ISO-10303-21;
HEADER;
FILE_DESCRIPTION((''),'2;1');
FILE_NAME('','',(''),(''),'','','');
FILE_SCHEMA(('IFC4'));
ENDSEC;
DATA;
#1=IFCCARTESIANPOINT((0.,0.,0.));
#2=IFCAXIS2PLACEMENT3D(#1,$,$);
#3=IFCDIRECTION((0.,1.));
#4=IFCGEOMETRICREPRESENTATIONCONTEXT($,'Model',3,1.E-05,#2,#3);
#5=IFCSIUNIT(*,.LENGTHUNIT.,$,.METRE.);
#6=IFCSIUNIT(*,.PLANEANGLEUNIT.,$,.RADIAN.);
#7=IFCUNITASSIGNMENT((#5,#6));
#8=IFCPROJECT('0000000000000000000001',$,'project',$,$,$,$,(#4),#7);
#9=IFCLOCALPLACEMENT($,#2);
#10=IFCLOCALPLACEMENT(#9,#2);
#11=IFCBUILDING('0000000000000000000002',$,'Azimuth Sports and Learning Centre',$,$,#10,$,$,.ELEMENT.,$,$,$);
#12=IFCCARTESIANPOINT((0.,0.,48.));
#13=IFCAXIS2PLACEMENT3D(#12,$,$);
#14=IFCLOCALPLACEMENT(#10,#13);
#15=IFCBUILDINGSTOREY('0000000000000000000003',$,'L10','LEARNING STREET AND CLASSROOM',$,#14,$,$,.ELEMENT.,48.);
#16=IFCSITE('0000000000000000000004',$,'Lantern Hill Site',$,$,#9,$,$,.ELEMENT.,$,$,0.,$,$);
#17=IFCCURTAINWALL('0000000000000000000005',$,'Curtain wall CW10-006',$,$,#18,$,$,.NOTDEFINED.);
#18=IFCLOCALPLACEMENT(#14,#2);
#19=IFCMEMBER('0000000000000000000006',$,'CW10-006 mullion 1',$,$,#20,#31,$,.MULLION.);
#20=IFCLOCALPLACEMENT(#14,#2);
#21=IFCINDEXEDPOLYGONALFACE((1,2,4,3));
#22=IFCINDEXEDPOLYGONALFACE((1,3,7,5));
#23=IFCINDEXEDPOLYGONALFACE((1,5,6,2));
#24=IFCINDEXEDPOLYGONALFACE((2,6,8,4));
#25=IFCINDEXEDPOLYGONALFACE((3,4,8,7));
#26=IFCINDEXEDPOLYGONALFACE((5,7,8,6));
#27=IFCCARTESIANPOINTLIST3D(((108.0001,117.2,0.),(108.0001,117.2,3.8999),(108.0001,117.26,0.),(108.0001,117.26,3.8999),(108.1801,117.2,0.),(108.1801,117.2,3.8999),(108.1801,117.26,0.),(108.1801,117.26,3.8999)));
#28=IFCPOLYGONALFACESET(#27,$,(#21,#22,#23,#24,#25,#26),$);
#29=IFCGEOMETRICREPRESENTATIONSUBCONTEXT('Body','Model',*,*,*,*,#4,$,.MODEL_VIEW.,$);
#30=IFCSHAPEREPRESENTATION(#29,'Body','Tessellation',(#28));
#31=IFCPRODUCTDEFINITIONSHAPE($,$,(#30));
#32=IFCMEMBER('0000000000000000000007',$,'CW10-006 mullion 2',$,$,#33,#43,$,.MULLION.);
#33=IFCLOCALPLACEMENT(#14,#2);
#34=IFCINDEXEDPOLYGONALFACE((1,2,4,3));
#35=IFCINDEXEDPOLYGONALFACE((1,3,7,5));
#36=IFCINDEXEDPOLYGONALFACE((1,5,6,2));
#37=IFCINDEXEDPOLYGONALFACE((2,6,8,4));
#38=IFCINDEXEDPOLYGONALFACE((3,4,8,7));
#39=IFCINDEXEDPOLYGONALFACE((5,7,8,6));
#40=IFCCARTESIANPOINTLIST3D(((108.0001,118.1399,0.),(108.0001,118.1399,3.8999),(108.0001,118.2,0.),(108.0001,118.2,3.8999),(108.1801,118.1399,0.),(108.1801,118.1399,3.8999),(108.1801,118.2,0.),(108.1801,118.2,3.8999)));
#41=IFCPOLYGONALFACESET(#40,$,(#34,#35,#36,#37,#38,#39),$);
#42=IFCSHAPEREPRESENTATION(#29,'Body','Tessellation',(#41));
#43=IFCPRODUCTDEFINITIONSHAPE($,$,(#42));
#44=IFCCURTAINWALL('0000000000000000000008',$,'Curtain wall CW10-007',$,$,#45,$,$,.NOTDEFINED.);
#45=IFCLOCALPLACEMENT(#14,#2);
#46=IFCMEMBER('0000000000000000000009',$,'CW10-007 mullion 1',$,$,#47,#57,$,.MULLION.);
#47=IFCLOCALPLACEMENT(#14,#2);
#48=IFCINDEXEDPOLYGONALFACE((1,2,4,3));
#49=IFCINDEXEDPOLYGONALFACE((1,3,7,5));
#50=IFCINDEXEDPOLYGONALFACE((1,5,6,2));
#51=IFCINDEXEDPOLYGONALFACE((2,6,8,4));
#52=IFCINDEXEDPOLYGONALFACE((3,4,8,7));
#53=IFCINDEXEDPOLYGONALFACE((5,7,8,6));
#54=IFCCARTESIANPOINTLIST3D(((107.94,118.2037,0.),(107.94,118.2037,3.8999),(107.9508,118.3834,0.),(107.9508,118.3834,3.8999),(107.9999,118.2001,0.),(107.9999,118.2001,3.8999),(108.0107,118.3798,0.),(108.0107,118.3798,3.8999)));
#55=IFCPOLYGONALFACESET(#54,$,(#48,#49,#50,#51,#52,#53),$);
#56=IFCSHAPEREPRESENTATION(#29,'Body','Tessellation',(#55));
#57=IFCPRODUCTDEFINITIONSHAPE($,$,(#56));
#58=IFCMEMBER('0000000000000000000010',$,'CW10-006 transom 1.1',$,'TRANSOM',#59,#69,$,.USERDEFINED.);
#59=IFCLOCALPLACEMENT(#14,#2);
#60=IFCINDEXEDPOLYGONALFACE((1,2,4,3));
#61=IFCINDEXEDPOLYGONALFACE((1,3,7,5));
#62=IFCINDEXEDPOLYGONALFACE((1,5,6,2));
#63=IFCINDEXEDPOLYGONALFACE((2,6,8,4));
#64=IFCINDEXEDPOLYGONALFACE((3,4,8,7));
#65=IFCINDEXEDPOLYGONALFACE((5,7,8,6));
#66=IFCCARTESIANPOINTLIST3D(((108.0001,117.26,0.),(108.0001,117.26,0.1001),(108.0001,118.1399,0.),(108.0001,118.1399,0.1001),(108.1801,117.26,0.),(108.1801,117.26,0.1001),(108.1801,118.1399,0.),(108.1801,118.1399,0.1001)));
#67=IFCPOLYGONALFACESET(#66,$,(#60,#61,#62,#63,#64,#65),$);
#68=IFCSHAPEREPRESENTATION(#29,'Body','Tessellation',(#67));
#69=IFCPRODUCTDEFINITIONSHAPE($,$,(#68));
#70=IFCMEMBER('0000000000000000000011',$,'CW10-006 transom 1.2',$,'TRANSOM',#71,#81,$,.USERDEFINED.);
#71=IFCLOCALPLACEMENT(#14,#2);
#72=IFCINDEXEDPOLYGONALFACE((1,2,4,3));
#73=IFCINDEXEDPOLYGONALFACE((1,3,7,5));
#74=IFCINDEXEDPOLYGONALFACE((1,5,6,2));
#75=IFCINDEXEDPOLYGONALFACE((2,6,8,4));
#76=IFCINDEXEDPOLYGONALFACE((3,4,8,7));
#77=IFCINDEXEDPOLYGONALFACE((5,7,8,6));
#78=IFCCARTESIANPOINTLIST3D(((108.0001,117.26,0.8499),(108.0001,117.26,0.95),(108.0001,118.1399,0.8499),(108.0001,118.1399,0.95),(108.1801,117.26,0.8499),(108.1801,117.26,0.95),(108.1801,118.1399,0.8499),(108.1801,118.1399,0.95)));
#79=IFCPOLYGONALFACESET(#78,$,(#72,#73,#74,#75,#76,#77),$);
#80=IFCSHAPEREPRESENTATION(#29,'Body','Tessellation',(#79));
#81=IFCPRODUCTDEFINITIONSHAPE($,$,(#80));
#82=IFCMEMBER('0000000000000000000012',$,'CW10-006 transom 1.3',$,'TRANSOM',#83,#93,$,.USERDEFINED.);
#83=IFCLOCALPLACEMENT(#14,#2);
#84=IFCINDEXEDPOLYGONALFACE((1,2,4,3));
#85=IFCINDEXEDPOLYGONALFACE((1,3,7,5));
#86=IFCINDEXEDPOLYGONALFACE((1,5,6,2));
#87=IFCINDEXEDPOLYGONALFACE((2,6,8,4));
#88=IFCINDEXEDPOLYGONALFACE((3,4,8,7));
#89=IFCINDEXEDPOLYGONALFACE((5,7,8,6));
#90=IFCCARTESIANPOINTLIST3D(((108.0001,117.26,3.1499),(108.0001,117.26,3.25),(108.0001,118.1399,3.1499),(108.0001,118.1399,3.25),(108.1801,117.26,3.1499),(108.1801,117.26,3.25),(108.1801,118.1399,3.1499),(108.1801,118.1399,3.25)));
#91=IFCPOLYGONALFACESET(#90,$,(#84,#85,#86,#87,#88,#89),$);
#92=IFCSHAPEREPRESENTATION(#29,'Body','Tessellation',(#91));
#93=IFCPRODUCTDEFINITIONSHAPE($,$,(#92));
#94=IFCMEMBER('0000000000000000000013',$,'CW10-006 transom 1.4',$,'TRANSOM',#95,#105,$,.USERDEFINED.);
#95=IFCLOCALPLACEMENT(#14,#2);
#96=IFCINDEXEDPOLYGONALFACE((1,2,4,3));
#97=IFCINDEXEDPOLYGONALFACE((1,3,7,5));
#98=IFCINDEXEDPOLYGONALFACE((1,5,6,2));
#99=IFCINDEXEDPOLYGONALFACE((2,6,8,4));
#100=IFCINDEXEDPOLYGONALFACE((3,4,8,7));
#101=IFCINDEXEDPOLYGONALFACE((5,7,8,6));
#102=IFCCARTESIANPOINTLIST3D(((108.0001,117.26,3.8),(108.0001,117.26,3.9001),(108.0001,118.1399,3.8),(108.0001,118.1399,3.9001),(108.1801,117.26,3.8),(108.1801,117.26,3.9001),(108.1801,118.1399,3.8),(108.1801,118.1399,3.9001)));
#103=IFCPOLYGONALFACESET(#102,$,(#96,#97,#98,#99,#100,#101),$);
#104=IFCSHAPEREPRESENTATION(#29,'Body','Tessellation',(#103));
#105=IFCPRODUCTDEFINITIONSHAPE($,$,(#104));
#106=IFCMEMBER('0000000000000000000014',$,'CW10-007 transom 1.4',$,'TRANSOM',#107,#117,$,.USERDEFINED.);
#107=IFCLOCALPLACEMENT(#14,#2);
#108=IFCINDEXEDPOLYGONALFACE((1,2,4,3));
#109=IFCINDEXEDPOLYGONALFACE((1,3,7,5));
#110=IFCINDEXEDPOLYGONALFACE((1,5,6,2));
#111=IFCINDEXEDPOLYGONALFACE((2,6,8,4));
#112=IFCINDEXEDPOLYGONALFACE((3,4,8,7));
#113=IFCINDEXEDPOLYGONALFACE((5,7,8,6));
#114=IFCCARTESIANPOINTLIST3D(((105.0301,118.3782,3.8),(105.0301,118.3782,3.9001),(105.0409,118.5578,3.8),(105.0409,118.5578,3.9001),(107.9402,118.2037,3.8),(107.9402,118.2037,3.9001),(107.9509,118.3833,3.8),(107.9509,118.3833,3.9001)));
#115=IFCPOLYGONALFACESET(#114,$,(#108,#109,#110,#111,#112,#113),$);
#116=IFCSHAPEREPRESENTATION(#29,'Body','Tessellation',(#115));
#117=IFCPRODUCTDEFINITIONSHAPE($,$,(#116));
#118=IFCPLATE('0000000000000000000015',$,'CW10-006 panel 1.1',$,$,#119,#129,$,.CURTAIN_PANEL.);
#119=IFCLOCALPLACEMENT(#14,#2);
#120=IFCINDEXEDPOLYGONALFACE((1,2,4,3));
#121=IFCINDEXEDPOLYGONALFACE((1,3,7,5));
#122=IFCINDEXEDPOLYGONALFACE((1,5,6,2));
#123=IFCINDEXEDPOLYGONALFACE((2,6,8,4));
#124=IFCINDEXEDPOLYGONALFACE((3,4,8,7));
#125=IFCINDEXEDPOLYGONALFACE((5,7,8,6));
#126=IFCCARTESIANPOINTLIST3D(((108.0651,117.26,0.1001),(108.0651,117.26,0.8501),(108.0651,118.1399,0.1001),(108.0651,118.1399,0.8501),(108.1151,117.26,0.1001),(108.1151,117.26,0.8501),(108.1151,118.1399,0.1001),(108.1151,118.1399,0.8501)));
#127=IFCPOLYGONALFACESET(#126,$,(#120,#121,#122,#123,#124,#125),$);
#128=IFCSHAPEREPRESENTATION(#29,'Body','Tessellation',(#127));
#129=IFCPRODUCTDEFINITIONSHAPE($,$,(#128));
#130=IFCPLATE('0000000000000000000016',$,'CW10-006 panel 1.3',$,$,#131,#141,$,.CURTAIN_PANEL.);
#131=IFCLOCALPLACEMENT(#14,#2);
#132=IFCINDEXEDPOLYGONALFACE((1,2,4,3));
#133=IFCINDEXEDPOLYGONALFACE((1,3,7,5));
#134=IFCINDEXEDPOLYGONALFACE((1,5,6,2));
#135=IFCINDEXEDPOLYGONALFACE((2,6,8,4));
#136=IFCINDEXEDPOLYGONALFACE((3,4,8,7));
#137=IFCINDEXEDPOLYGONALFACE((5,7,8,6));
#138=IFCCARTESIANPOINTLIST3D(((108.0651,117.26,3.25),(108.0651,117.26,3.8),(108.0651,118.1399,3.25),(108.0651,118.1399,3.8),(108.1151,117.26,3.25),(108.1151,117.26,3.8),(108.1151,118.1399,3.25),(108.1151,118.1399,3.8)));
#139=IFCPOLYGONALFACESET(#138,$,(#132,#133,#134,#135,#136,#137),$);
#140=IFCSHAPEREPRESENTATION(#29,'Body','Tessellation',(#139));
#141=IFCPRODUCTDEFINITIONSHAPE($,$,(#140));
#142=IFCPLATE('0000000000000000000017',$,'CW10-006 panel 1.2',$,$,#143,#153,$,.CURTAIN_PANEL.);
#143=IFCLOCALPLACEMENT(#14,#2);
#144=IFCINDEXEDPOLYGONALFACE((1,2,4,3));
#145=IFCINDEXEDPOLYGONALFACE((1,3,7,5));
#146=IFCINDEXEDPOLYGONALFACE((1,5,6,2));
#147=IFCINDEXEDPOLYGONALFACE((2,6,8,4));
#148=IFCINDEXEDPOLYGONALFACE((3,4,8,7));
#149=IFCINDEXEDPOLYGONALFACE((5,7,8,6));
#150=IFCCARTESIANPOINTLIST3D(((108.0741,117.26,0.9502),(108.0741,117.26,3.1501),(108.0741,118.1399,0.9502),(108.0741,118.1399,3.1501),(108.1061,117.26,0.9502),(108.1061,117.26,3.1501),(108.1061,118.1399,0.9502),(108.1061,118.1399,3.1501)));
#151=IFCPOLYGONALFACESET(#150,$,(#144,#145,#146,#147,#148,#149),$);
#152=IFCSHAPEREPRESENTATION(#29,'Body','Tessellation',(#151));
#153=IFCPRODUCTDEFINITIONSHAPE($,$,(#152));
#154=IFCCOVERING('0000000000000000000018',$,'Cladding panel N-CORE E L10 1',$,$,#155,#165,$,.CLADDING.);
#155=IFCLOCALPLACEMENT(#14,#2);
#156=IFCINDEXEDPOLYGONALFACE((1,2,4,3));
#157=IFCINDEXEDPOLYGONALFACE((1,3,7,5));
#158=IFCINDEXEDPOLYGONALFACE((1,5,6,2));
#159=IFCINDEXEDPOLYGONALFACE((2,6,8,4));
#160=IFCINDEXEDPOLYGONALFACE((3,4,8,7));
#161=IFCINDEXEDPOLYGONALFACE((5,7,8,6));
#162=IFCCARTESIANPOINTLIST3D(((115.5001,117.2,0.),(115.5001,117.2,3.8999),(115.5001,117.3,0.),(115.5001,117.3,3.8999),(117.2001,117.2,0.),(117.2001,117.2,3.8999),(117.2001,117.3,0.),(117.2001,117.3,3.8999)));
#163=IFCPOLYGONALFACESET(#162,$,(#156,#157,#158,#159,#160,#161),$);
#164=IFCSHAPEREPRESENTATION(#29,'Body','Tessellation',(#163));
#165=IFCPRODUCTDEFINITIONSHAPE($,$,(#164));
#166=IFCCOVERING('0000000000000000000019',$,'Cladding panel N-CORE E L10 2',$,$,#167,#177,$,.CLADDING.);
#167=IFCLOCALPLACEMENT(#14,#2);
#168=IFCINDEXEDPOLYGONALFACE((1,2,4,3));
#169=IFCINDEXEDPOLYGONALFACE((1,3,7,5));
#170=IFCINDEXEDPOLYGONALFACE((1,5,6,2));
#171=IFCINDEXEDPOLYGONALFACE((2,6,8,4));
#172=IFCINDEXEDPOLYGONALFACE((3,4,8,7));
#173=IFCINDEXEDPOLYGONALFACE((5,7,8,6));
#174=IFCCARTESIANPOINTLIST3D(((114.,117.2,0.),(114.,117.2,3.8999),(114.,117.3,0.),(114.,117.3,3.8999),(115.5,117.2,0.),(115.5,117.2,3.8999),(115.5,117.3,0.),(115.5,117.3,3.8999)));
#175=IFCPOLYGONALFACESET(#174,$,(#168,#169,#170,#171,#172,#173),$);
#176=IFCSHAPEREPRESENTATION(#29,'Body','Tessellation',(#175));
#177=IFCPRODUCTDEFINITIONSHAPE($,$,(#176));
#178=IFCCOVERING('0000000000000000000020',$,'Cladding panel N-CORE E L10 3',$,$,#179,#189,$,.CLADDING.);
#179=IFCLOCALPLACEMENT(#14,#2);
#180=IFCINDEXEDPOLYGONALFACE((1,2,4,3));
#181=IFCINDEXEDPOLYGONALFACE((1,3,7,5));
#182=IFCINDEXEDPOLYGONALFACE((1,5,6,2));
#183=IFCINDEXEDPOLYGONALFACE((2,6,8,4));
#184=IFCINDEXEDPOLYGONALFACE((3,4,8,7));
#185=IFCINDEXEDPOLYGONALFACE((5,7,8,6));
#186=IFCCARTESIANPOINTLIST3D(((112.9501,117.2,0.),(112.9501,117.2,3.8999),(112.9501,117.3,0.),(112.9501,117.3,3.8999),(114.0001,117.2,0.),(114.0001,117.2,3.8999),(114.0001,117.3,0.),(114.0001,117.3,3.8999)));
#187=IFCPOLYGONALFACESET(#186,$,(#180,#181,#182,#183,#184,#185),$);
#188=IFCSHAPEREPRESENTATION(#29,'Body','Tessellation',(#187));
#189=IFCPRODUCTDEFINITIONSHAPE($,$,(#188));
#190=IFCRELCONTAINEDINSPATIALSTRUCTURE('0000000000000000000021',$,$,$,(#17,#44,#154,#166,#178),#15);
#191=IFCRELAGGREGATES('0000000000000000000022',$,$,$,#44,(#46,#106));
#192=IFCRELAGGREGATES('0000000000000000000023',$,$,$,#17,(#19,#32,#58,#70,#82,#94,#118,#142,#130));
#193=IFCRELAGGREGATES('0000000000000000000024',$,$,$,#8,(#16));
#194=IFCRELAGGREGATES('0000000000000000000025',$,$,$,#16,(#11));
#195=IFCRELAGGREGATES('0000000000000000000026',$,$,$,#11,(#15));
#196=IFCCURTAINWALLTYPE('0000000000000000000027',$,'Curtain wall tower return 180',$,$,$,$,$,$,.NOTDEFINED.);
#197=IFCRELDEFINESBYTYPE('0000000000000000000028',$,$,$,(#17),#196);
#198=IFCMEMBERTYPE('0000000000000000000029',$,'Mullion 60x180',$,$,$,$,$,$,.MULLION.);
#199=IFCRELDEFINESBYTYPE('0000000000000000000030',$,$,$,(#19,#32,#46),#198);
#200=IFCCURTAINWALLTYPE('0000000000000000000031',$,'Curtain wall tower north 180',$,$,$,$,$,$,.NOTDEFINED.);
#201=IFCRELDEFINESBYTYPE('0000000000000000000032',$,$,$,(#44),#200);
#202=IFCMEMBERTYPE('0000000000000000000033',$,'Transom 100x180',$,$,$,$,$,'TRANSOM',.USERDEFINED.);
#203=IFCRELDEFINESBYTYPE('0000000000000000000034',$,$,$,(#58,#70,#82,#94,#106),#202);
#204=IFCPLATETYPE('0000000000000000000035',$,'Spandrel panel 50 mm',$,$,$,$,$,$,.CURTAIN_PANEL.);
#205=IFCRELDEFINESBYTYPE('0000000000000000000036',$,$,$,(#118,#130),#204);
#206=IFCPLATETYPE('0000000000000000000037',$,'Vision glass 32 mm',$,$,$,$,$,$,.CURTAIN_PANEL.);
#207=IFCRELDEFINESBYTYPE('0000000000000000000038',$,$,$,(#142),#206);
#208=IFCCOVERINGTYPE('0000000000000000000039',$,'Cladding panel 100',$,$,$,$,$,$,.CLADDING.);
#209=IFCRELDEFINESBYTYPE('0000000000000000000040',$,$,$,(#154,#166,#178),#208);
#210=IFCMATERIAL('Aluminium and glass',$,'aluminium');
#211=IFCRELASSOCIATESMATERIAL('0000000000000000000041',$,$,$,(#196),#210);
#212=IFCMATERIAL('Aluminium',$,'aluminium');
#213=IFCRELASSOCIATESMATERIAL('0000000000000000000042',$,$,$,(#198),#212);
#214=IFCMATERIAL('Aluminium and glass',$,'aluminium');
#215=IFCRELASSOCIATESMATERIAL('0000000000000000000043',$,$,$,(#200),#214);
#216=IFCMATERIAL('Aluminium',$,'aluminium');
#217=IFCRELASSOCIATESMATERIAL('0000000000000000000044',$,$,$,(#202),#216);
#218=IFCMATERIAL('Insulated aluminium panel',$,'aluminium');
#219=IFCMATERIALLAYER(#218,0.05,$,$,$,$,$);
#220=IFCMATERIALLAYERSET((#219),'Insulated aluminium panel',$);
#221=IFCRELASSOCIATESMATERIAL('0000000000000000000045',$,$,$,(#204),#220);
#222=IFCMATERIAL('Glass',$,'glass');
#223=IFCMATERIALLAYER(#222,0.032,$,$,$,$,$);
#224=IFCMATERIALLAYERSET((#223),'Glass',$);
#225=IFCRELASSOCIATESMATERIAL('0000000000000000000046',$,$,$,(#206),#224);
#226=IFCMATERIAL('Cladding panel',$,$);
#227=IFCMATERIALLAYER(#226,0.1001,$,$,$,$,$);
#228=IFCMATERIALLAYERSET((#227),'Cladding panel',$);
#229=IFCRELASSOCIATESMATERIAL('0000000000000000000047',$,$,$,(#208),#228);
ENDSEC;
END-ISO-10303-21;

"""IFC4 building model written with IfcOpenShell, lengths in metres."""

from ifc_helpers import new_model, si_unit, direction, frame, origin, origin_2d, place, context, subcontext, project, spatial, rectangle, extrude, material, layer, layer_set, material_profile, profile_set, type_object, element, aggregate, save


model = new_model("IFC4")

# Units and contexts
model_context = context("Model", 3, precision=1e-05, world=origin(), true_north=direction((0.0, 1.0)))
body_context = subcontext(model_context, "Body", "Model", "MODEL_VIEW")
ifc_project = project(units=[si_unit("LENGTHUNIT", "METRE"), si_unit("PLANEANGLEUNIT", "RADIAN")], contexts=[model_context])

# Site, building, storey
site_placement = place(None, origin())
site = spatial("IfcSite", under=ifc_project, at=site_placement, Name="Lantern Hill Site", CompositionType="ELEMENT", RefElevation=0.0)
building_placement = place(site_placement, origin())
building = spatial("IfcBuilding", under=site, at=building_placement, Name="Azimuth Sports and Learning Centre", CompositionType="ELEMENT")
storey_placement = place(building_placement, frame((0.0, 0.0, 48.0)))
storey = spatial("IfcBuildingStorey", under=building, at=storey_placement, Name="L10", Description="LEARNING STREET AND CLASSROOM", CompositionType="ELEMENT", Elevation=48.0)

# Curtain wall, members
ifc_material_1 = material(Name="Aluminium and glass", Category="aluminium")
curtain_wall_type_1 = type_object("IfcCurtainWallType", Name="Curtain wall tower return 180", PredefinedType="NOTDEFINED", material=ifc_material_1)
curtain_wall_1_placement = place(storey_placement, origin())
curtain_wall_1 = element("IfcCurtainWall", 1, at=curtain_wall_1_placement, inside=storey, type_object=curtain_wall_type_1, Name="Curtain wall CW10-006", PredefinedType="NOTDEFINED")
ifc_material_2 = material(Name="Aluminium", Category="aluminium")
ifc_material_profile_1 = material_profile(ifc_material_2, rectangle(XDim=0.1799, YDim=0.0601, at=origin_2d()), Name="Mullion 60x180")
ifc_profile_set_1 = profile_set([ifc_material_profile_1], Name="Aluminium")
member_type_1 = type_object("IfcMemberType", Name="Mullion 60x180", PredefinedType="MULLION", material=ifc_profile_set_1)
member_1_placement = place(storey_placement, frame((108.0901, 117.23, 0.0), z_axis=(0.0, 0.0, 1.0), x_axis=(-1.0, 0.0, 0.0)))
member_1 = element("IfcMember", 2, at=member_1_placement, type_object=member_type_1, Name="CW10-006 mullion 1", PredefinedType="MULLION", context=body_context, shape_type="SweptSolid", body=[
    extrude(rectangle(XDim=0.1799, YDim=0.0601, at=origin_2d()), origin(), (0.0, 0.0, 1.0), 3.8999),
])
member_2_placement = place(storey_placement, frame((108.0901, 118.1699, 0.0), z_axis=(0.0, 0.0, 1.0), x_axis=(-1.0, 0.0, 0.0)))
member_2 = element("IfcMember", 3, at=member_2_placement, type_object=member_type_1, Name="CW10-006 mullion 2", PredefinedType="MULLION", context=body_context, shape_type="SweptSolid", body=[
    extrude(rectangle(XDim=0.1799, YDim=0.0601, at=origin_2d()), origin(), (0.0, 0.0, 1.0), 3.8999),
])

# Curtain wall, member
ifc_material_3 = material(Name="Aluminium and glass", Category="aluminium")
curtain_wall_type_2 = type_object("IfcCurtainWallType", Name="Curtain wall tower north 180", PredefinedType="NOTDEFINED", material=ifc_material_3)
curtain_wall_2_placement = place(storey_placement, origin())
curtain_wall_2 = element("IfcCurtainWall", 4, at=curtain_wall_2_placement, inside=storey, type_object=curtain_wall_type_2, Name="Curtain wall CW10-007", PredefinedType="NOTDEFINED")
member_3_placement = place(storey_placement, frame((107.9753, 118.2917, 0.0), z_axis=(0.0, 0.0, 1.0), x_axis=(-0.059892, -0.998205, 0.0)))
member_3 = element("IfcMember", 5, at=member_3_placement, type_object=member_type_1, Name="CW10-007 mullion 1", PredefinedType="MULLION", context=body_context, shape_type="SweptSolid", body=[
    extrude(rectangle(XDim=0.1799, YDim=0.0601, at=origin_2d()), origin(), (0.0, 0.0, 1.0), 3.8999),
])

# Members
ifc_material_4 = material(Name="Aluminium", Category="aluminium")
ifc_material_profile_2 = material_profile(ifc_material_4, rectangle(XDim=0.1799, YDim=0.1001, at=origin_2d()), Name="Transom 100x180")
ifc_profile_set_2 = profile_set([ifc_material_profile_2], Name="Aluminium")
member_type_2 = type_object("IfcMemberType", Name="Transom 100x180", ElementType="TRANSOM", PredefinedType="USERDEFINED", material=ifc_profile_set_2)
member_4_placement = place(storey_placement, frame((108.0901, 117.26, 0.05), z_axis=(0.0, 1.0, 0.0), x_axis=(-1.0, 0.0, 0.0)))
member_4 = element("IfcMember", 6, at=member_4_placement, type_object=member_type_2, Name="CW10-006 transom 1.1", ObjectType="TRANSOM", PredefinedType="USERDEFINED", context=body_context, shape_type="SweptSolid", body=[
    extrude(rectangle(XDim=0.1799, YDim=0.1001, at=origin_2d()), origin(), (0.0, 0.0, 1.0), 0.8799),
])
member_5_placement = place(storey_placement, frame((108.0901, 117.26, 0.8999), z_axis=(0.0, 1.0, 0.0), x_axis=(-1.0, 0.0, 0.0)))
member_5 = element("IfcMember", 7, at=member_5_placement, type_object=member_type_2, Name="CW10-006 transom 1.2", ObjectType="TRANSOM", PredefinedType="USERDEFINED", context=body_context, shape_type="SweptSolid", body=[
    extrude(rectangle(XDim=0.1799, YDim=0.1001, at=origin_2d()), origin(), (0.0, 0.0, 1.0), 0.8799),
])
member_6_placement = place(storey_placement, frame((108.0901, 117.26, 3.2), z_axis=(0.0, 1.0, 0.0), x_axis=(-1.0, 0.0, 0.0)))
member_6 = element("IfcMember", 8, at=member_6_placement, type_object=member_type_2, Name="CW10-006 transom 1.3", ObjectType="TRANSOM", PredefinedType="USERDEFINED", context=body_context, shape_type="SweptSolid", body=[
    extrude(rectangle(XDim=0.1799, YDim=0.1001, at=origin_2d()), origin(), (0.0, 0.0, 1.0), 0.8799),
])
member_7_placement = place(storey_placement, frame((108.0901, 117.26, 3.8501), z_axis=(0.0, 1.0, 0.0), x_axis=(-1.0, 0.0, 0.0)))
member_7 = element("IfcMember", 9, at=member_7_placement, type_object=member_type_2, Name="CW10-006 transom 1.4", ObjectType="TRANSOM", PredefinedType="USERDEFINED", context=body_context, shape_type="SweptSolid", body=[
    extrude(rectangle(XDim=0.1799, YDim=0.1001, at=origin_2d()), origin(), (0.0, 0.0, 1.0), 0.8799),
])
member_8_placement = place(storey_placement, frame((107.9456, 118.2935, 3.8501), z_axis=(-0.998206, 0.059876, 0.0), x_axis=(-0.059876, -0.998206, 0.0)))
member_8 = element("IfcMember", 10, at=member_8_placement, type_object=member_type_2, Name="CW10-007 transom 1.4", ObjectType="TRANSOM", PredefinedType="USERDEFINED", context=body_context, shape_type="SweptSolid", body=[
    extrude(rectangle(XDim=0.1799, YDim=0.1001, at=origin_2d()), origin(), (0.0, 0.0, 1.0), 2.9153),
])
aggregate(curtain_wall_2, [member_3, member_8])

# Plates
ifc_material_5 = material(Name="Insulated aluminium panel", Category="aluminium")
ifc_layer_1 = layer(ifc_material_5, 0.05)
ifc_layer_set_1 = layer_set([ifc_layer_1], Name="Insulated aluminium panel")
plate_type_1 = type_object("IfcPlateType", Name="Spandrel panel 50 mm", PredefinedType="CURTAIN_PANEL", material=ifc_layer_set_1)
plate_1_placement = place(storey_placement, frame((108.0901, 117.7, 0.1001), z_axis=(0.0, 0.0, 1.0), x_axis=(0.0, 1.0, 0.0)))
plate_1 = element("IfcPlate", 11, at=plate_1_placement, type_object=plate_type_1, Name="CW10-006 panel 1.1", PredefinedType="CURTAIN_PANEL", context=body_context, shape_type="SweptSolid", body=[
    extrude(rectangle(XDim=0.8799, YDim=0.05, at=origin_2d()), origin(), (0.0, 0.0, 1.0), 0.75),
])
plate_2_placement = place(storey_placement, frame((108.0901, 117.7, 3.25), z_axis=(0.0, 0.0, 1.0), x_axis=(0.0, 1.0, 0.0)))
plate_2 = element("IfcPlate", 12, at=plate_2_placement, type_object=plate_type_1, Name="CW10-006 panel 1.3", PredefinedType="CURTAIN_PANEL", context=body_context, shape_type="SweptSolid", body=[
    extrude(rectangle(XDim=0.8799, YDim=0.05, at=origin_2d()), origin(), (0.0, 0.0, 1.0), 0.55),
])
ifc_material_6 = material(Name="Glass", Category="glass")
ifc_layer_2 = layer(ifc_material_6, 0.032)
ifc_layer_set_2 = layer_set([ifc_layer_2], Name="Glass")
plate_type_2 = type_object("IfcPlateType", Name="Vision glass 32 mm", PredefinedType="CURTAIN_PANEL", material=ifc_layer_set_2)
plate_3_placement = place(storey_placement, frame((108.0901, 117.7, 0.9502), z_axis=(0.0, 0.0, 1.0), x_axis=(0.0, 1.0, 0.0)))
plate_3 = element("IfcPlate", 13, at=plate_3_placement, type_object=plate_type_2, Name="CW10-006 panel 1.2", PredefinedType="CURTAIN_PANEL", context=body_context, shape_type="SweptSolid", body=[
    extrude(rectangle(XDim=0.8799, YDim=0.032, at=origin_2d()), origin(), (0.0, 0.0, 1.0), 2.2),
])
aggregate(curtain_wall_1, [member_1, member_2, member_4, member_5, member_6, member_7, plate_1, plate_3, plate_2])

# Coverings
ifc_material_7 = material(Name="Cladding panel")
ifc_layer_3 = layer(ifc_material_7, 0.1001)
ifc_layer_set_3 = layer_set([ifc_layer_3], Name="Cladding panel")
covering_type = type_object("IfcCoveringType", Name="Cladding panel 100", PredefinedType="CLADDING", material=ifc_layer_set_3)
covering_1_placement = place(storey_placement, frame((116.3501, 117.25, 0.0), z_axis=(0.0, 0.0, 1.0), x_axis=(-1.0, 0.0, 0.0)))
element("IfcCovering", 14, at=covering_1_placement, inside=storey, type_object=covering_type, Name="Cladding panel N-CORE E L10 1", PredefinedType="CLADDING", context=body_context, shape_type="SweptSolid", body=[
    extrude(rectangle(XDim=1.7, YDim=0.1001, at=origin_2d()), origin(), (0.0, 0.0, 1.0), 3.8999),
])
covering_2_placement = place(storey_placement, frame((114.75, 117.25, 0.0), z_axis=(0.0, 0.0, 1.0), x_axis=(-1.0, 0.0, 0.0)))
element("IfcCovering", 15, at=covering_2_placement, inside=storey, type_object=covering_type, Name="Cladding panel N-CORE E L10 2", PredefinedType="CLADDING", context=body_context, shape_type="SweptSolid", body=[
    extrude(rectangle(XDim=1.5, YDim=0.1001, at=origin_2d()), origin(), (0.0, 0.0, 1.0), 3.8999),
])
covering_3_placement = place(storey_placement, frame((113.4751, 117.25, 0.0), z_axis=(0.0, 0.0, 1.0), x_axis=(-1.0, 0.0, 0.0)))
element("IfcCovering", 16, at=covering_3_placement, inside=storey, type_object=covering_type, Name="Cladding panel N-CORE E L10 3", PredefinedType="CLADDING", context=body_context, shape_type="SweptSolid", body=[
    extrude(rectangle(XDim=1.05, YDim=0.1001, at=origin_2d()), origin(), (0.0, 0.0, 1.0), 3.8999),
])

save(model, "model.ifc")
